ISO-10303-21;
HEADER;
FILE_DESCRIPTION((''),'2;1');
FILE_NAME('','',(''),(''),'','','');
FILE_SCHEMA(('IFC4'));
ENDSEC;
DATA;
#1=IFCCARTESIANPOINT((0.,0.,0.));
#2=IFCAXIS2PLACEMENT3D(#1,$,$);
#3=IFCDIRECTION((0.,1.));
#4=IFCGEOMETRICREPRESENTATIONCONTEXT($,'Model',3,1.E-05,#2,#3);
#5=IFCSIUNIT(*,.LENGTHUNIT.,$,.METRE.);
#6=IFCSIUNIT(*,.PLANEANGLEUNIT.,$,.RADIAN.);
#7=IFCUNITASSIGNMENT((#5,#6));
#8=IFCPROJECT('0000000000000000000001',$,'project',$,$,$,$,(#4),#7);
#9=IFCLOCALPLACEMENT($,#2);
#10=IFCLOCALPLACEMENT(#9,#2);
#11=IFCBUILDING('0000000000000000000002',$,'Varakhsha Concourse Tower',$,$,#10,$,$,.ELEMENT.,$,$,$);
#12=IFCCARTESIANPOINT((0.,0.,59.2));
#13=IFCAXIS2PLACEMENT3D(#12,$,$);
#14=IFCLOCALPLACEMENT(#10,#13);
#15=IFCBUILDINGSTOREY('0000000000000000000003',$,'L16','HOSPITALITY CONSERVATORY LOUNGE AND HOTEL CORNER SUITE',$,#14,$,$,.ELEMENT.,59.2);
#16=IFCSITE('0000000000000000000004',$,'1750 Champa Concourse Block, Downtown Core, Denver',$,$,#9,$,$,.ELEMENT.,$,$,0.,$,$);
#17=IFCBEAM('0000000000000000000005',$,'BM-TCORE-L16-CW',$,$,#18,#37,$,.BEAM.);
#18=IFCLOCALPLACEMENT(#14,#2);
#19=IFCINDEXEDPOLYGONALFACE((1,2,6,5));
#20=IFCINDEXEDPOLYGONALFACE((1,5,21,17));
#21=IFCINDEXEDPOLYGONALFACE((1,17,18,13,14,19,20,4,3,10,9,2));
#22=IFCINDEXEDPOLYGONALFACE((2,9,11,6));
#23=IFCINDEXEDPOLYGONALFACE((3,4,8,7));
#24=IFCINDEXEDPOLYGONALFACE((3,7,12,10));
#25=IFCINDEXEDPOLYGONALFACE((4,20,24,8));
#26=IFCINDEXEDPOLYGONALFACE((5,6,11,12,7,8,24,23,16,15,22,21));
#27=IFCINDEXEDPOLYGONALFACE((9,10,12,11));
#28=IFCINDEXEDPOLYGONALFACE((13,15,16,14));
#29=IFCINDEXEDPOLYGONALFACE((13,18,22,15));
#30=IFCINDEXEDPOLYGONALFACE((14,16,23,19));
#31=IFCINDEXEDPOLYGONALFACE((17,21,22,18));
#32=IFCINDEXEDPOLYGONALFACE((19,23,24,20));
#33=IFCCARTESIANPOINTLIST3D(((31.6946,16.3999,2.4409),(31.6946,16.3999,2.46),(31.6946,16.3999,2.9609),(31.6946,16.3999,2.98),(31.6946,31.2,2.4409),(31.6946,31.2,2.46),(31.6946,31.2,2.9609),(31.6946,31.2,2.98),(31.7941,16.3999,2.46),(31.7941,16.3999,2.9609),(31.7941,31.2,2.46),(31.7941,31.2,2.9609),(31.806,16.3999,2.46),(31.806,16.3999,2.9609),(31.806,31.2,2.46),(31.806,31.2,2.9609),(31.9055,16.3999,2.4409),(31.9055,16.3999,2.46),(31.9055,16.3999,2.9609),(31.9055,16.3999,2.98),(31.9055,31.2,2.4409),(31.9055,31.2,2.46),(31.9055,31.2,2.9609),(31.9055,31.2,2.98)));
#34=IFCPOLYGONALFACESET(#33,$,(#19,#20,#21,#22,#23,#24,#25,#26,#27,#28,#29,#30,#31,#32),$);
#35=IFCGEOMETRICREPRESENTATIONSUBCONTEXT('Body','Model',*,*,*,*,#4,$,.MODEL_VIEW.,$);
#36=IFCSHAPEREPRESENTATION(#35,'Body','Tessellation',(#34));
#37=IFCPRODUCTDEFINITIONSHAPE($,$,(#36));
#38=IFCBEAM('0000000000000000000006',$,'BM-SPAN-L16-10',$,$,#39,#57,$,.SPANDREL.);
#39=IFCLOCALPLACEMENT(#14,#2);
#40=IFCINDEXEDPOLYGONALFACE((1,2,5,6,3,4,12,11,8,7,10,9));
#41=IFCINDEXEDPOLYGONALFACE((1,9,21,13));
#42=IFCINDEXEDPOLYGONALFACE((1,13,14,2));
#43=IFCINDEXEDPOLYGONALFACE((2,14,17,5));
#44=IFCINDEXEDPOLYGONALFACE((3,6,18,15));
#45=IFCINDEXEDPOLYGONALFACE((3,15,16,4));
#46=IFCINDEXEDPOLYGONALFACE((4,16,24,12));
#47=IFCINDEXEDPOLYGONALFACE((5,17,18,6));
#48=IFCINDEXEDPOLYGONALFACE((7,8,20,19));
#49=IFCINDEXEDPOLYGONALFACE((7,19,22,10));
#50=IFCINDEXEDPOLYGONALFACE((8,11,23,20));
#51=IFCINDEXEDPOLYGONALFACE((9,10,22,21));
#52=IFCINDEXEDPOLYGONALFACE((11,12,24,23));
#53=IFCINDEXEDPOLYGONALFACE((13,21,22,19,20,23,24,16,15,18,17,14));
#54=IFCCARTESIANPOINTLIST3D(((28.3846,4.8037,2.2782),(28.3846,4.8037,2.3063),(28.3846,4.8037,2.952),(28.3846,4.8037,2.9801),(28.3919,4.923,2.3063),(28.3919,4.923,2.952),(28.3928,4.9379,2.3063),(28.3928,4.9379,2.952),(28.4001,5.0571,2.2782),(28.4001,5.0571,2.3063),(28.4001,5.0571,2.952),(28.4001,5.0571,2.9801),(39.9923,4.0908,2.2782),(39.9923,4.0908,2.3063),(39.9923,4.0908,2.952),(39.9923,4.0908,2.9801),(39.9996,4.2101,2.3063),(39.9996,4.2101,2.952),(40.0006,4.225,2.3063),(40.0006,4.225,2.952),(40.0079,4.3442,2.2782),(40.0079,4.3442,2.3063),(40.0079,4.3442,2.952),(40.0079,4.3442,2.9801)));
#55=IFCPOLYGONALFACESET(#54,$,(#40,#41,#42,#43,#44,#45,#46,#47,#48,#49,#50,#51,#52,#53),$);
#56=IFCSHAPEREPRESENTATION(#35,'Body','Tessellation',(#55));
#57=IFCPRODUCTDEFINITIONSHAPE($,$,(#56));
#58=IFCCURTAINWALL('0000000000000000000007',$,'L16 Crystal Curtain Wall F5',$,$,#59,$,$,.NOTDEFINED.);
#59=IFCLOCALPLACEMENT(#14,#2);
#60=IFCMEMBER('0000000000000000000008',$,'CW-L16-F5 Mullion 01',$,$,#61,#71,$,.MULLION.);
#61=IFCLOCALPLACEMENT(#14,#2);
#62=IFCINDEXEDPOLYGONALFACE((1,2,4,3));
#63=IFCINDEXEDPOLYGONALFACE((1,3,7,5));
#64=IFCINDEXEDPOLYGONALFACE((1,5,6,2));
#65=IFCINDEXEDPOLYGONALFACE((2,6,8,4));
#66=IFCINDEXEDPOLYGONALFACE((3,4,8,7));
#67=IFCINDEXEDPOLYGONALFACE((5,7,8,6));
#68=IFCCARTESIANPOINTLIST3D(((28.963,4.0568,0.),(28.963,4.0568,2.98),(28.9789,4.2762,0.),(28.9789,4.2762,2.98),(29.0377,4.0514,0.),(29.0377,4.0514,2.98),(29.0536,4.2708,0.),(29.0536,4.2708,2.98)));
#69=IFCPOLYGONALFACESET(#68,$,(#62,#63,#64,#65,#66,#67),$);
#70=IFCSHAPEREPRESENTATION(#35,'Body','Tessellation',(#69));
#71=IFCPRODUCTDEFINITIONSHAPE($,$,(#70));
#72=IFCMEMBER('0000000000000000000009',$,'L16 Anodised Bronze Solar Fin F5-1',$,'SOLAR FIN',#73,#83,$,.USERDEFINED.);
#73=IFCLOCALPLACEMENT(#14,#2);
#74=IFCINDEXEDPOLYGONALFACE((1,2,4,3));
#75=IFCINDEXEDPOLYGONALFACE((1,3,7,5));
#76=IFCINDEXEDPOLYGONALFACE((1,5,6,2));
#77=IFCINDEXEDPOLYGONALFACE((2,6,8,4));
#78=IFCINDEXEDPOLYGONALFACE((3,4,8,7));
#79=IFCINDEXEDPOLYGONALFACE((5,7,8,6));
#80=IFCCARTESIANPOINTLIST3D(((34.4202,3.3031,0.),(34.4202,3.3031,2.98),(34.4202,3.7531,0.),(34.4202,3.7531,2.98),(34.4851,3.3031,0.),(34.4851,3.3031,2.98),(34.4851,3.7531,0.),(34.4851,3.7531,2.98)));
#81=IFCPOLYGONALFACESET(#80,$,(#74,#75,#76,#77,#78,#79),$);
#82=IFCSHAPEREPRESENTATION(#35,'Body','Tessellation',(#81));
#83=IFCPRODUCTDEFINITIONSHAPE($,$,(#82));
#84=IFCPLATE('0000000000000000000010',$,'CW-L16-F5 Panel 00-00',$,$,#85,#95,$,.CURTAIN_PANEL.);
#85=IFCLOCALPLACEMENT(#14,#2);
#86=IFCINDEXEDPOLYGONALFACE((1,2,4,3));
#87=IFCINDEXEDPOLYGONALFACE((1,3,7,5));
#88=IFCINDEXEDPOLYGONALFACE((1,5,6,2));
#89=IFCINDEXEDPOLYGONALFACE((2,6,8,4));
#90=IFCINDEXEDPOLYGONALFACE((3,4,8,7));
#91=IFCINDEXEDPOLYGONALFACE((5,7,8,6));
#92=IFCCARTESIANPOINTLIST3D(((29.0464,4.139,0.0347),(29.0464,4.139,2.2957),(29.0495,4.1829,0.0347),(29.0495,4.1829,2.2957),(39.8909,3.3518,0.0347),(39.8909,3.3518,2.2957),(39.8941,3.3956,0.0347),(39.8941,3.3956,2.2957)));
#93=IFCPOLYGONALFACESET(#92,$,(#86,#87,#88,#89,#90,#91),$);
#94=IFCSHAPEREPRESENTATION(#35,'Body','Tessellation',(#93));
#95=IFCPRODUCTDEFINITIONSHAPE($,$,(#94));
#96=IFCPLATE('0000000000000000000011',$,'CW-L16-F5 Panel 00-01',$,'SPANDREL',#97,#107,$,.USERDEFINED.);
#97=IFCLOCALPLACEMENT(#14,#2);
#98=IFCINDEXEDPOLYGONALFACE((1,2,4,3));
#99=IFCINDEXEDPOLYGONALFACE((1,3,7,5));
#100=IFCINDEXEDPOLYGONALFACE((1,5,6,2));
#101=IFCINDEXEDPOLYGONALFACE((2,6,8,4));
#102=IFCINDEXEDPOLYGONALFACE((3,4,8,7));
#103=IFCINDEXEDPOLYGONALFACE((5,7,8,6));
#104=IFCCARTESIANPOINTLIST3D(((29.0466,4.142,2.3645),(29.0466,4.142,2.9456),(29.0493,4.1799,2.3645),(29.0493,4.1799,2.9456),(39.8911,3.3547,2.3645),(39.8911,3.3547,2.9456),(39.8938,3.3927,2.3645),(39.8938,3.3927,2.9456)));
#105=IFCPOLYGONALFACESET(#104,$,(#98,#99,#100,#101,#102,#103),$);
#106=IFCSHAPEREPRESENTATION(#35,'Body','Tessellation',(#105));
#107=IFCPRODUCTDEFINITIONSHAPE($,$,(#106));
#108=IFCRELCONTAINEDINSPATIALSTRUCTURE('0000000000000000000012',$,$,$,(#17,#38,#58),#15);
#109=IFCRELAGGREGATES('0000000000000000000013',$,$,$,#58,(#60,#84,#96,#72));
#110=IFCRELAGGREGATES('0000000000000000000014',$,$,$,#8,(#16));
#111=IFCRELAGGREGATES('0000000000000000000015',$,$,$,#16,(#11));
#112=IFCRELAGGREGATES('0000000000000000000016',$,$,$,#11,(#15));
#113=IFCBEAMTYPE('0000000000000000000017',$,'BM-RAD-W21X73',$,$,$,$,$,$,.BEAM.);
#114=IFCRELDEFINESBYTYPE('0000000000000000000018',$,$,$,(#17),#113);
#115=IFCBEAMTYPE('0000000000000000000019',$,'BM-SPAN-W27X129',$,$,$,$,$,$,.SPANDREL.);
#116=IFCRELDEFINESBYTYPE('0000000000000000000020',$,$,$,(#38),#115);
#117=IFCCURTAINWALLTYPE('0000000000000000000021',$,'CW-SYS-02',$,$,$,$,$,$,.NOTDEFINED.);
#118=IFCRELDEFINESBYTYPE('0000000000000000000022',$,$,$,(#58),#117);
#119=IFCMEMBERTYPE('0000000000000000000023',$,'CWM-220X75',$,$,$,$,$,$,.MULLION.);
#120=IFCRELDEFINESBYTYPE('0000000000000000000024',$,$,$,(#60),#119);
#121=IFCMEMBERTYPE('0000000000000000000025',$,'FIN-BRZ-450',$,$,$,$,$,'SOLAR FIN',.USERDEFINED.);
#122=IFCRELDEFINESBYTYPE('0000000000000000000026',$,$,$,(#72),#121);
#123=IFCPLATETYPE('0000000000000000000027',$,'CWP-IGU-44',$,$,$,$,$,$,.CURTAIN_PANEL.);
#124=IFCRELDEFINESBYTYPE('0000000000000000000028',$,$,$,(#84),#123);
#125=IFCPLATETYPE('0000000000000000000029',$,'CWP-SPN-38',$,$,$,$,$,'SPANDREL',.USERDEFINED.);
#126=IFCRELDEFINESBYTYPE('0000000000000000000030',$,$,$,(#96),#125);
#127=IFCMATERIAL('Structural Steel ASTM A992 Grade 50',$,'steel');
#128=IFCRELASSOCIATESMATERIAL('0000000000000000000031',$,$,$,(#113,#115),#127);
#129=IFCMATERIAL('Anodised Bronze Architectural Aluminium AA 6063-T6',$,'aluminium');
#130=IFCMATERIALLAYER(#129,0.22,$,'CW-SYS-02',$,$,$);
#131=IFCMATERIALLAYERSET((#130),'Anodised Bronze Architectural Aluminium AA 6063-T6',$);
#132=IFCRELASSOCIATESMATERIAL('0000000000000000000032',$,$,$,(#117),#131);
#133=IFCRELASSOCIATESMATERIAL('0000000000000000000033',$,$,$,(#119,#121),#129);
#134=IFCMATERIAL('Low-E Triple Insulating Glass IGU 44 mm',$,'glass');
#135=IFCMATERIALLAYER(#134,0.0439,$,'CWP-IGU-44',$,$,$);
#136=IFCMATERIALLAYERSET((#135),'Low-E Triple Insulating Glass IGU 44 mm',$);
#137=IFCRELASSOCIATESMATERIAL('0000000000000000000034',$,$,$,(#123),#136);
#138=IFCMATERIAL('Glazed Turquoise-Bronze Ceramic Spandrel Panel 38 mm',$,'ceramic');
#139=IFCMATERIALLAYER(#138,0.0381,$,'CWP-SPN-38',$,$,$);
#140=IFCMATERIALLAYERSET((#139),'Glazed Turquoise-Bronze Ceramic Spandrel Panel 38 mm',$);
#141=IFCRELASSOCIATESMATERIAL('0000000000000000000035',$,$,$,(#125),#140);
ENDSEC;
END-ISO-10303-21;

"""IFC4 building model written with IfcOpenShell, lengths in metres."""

from ifc_helpers import new_model, si_unit, direction, frame, origin, origin_2d, place, context, subcontext, project, spatial, rectangle, i_section, extrude, source, transform, mapped, material, layer, layer_set, material_profile, profile_set, type_object, type_shapes, element, aggregate, save


model = new_model("IFC4")

# Units and contexts
model_context = context("Model", 3, precision=1e-05, world=origin(), true_north=direction((0.0, 1.0)))
body_context = subcontext(model_context, "Body", "Model", "MODEL_VIEW")
ifc_project = project(units=[si_unit("LENGTHUNIT", "METRE"), si_unit("PLANEANGLEUNIT", "RADIAN")], contexts=[model_context])

# Site, building, storey
site_placement = place(None, origin())
site = spatial("IfcSite", under=ifc_project, at=site_placement, Name="1750 Champa Concourse Block, Downtown Core, Denver", CompositionType="ELEMENT", RefElevation=0.0)
building_placement = place(site_placement, origin())
building = spatial("IfcBuilding", under=site, at=building_placement, Name="Varakhsha Concourse Tower", CompositionType="ELEMENT")
storey_placement = place(building_placement, frame((0.0, 0.0, 59.2)))
storey = spatial("IfcBuildingStorey", under=building, at=storey_placement, Name="L16", Description="HOSPITALITY CONSERVATORY LOUNGE AND HOTEL CORNER SUITE", CompositionType="ELEMENT", Elevation=59.2)

# Shared definitions
ifc_material_1 = material(Name="Structural Steel ASTM A992 Grade 50", Category="steel")

# Beams
ifc_material_profile_1 = material_profile(ifc_material_1, i_section(OverallWidth=0.2109, OverallDepth=0.5391, WebThickness=0.012, FlangeThickness=0.019, at=origin_2d()), Name="W21X73")
ifc_profile_set_1 = profile_set([ifc_material_profile_1], Name="Structural Steel ASTM A992 Grade 50")
beam_type_1 = type_object("IfcBeamType", Name="BM-RAD-W21X73", PredefinedType="BEAM", material=ifc_profile_set_1)
beam_1_placement = place(storey_placement, frame((31.8, 16.3999, 2.7104), z_axis=(0.0, 1.0, 0.0), x_axis=(-1.0, 0.0, 0.0)))
element("IfcBeam", 1, at=beam_1_placement, inside=storey, type_object=beam_type_1, Name="BM-TCORE-L16-CW", PredefinedType="BEAM", context=body_context, shape_type="SweptSolid", body=[
    extrude(i_section(OverallWidth=0.2109, OverallDepth=0.5391, WebThickness=0.012, FlangeThickness=0.019, at=origin_2d()), origin(), (0.0, 0.0, 1.0), 14.8),
])
ifc_material_profile_2 = material_profile(ifc_material_1, i_section(OverallWidth=0.2539, OverallDepth=0.7019, WebThickness=0.0149, FlangeThickness=0.0281, at=origin_2d()), Name="W27X129")
ifc_profile_set_2 = profile_set([ifc_material_profile_2], Name="Structural Steel ASTM A992 Grade 50")
beam_type_2 = type_object("IfcBeamType", Name="BM-SPAN-W27X129", PredefinedType="SPANDREL", material=ifc_profile_set_2)
beam_2_placement = place(storey_placement, frame((28.3923, 4.9304, 2.6292), z_axis=(0.998119, -0.0613, 0.0), x_axis=(0.0613, 0.998119, 0.0)))
element("IfcBeam", 2, at=beam_2_placement, inside=storey, type_object=beam_type_2, Name="BM-SPAN-L16-10", PredefinedType="SPANDREL", context=body_context, shape_type="SweptSolid", body=[
    extrude(i_section(OverallWidth=0.2539, OverallDepth=0.7019, WebThickness=0.0149, FlangeThickness=0.0281, at=origin_2d()), origin(), (0.0, 0.0, 1.0), 11.6296),
])

# Curtain wall, members, plates
ifc_material_2 = material(Name="Anodised Bronze Architectural Aluminium AA 6063-T6", Category="aluminium")
ifc_layer_1 = layer(ifc_material_2, 0.22, Name="CW-SYS-02")
ifc_layer_set_1 = layer_set([ifc_layer_1], Name="Anodised Bronze Architectural Aluminium AA 6063-T6")
curtain_wall_type = type_object("IfcCurtainWallType", Name="CW-SYS-02", PredefinedType="NOTDEFINED", material=ifc_layer_set_1)
curtain_wall_placement = place(storey_placement, origin())
curtain_wall = element("IfcCurtainWall", 3, at=curtain_wall_placement, inside=storey, type_object=curtain_wall_type, Name="L16 Crystal Curtain Wall F5", PredefinedType="NOTDEFINED")
ifc_material_profile_3 = material_profile(ifc_material_2, rectangle(XDim=0.075, YDim=0.22, at=origin_2d()), Name="CWM-220X75")
ifc_profile_set_3 = profile_set([ifc_material_profile_3], Name="Anodised Bronze Architectural Aluminium AA 6063-T6")
member_type_1 = type_object("IfcMemberType", Name="CWM-220X75", PredefinedType="MULLION", material=ifc_profile_set_3)
shared_shape_1 = source(origin(), body_context, "Body", "SweptSolid", [
    extrude(rectangle(XDim=0.075, YDim=0.22, at=origin_2d()), origin(), (0.0, 0.0, 1.0), 2.98),
])
type_shapes(member_type_1, [shared_shape_1])
member_1_placement = place(storey_placement, frame((29.0083, 4.1638, 0.0), z_axis=(0.0, 0.0, 1.0), x_axis=(-0.997376, 0.072401, 0.0)))
member_1 = element("IfcMember", 4, at=member_1_placement, type_object=member_type_1, Name="CW-L16-F5 Mullion 01", PredefinedType="MULLION", context=body_context, shape_type="MappedRepresentation", body=[
    mapped(shared_shape_1, transform((0.0, 0.0, 0.0), scale=1.0)),
])
ifc_material_profile_4 = material_profile(ifc_material_2, rectangle(XDim=0.0649, YDim=0.45, at=origin_2d()), Name="FIN-BRZ-450")
ifc_profile_set_4 = profile_set([ifc_material_profile_4], Name="Anodised Bronze Architectural Aluminium AA 6063-T6")
member_type_2 = type_object("IfcMemberType", Name="FIN-BRZ-450", ElementType="SOLAR FIN", PredefinedType="USERDEFINED", material=ifc_profile_set_4)
shared_shape_2 = source(origin(), body_context, "Body", "SweptSolid", [
    extrude(rectangle(XDim=0.0649, YDim=0.45, at=origin_2d()), origin(), (0.0, 0.0, 1.0), 2.98),
])
type_shapes(member_type_2, [shared_shape_2])
member_2_placement = place(storey_placement, frame((34.4526, 3.5281, 0.0), z_axis=(0.0, 0.0, 1.0), x_axis=(1.0, 0.0, 0.0)))
member_2 = element("IfcMember", 5, at=member_2_placement, type_object=member_type_2, Name="L16 Anodised Bronze Solar Fin F5-1", ObjectType="SOLAR FIN", PredefinedType="USERDEFINED", context=body_context, shape_type="MappedRepresentation", body=[
    mapped(shared_shape_2, transform((0.0, 0.0, 0.0), scale=1.0)),
])
ifc_material_3 = material(Name="Low-E Triple Insulating Glass IGU 44 mm", Category="glass")
ifc_layer_2 = layer(ifc_material_3, 0.0439, Name="CWP-IGU-44")
ifc_layer_set_2 = layer_set([ifc_layer_2], Name="Low-E Triple Insulating Glass IGU 44 mm")
plate_type_1 = type_object("IfcPlateType", Name="CWP-IGU-44", PredefinedType="CURTAIN_PANEL", material=ifc_layer_set_2)
shared_shape_3 = source(origin(), body_context, "Body", "SweptSolid", [
    extrude(rectangle(XDim=10.873, YDim=0.0439, at=origin_2d()), origin(), (0.0, 0.0, 1.0), 2.261),
])
type_shapes(plate_type_1, [shared_shape_3])
plate_1_placement = place(storey_placement, frame((34.4702, 3.7673, 0.0347), z_axis=(0.0, 0.0, 1.0), x_axis=(-0.997376, 0.072401, 0.0)))
plate_1 = element("IfcPlate", 6, at=plate_1_placement, type_object=plate_type_1, Name="CW-L16-F5 Panel 00-00", PredefinedType="CURTAIN_PANEL", context=body_context, shape_type="MappedRepresentation", body=[
    mapped(shared_shape_3, transform((0.0, 0.0, 0.0), scale=1.0)),
])
ifc_material_4 = material(Name="Glazed Turquoise-Bronze Ceramic Spandrel Panel 38 mm", Category="ceramic")
ifc_layer_3 = layer(ifc_material_4, 0.0381, Name="CWP-SPN-38")
ifc_layer_set_3 = layer_set([ifc_layer_3], Name="Glazed Turquoise-Bronze Ceramic Spandrel Panel 38 mm")
plate_type_2 = type_object("IfcPlateType", Name="CWP-SPN-38", ElementType="SPANDREL", PredefinedType="USERDEFINED", material=ifc_layer_set_3)
shared_shape_4 = source(origin(), body_context, "Body", "SweptSolid", [
    extrude(rectangle(XDim=10.873, YDim=0.0381, at=origin_2d()), origin(), (0.0, 0.0, 1.0), 0.5811),
])
type_shapes(plate_type_2, [shared_shape_4])
plate_2_placement = place(storey_placement, frame((34.4702, 3.7673, 2.3645), z_axis=(0.0, 0.0, 1.0), x_axis=(-0.997376, 0.072401, 0.0)))
plate_2 = element("IfcPlate", 7, at=plate_2_placement, type_object=plate_type_2, Name="CW-L16-F5 Panel 00-01", ObjectType="SPANDREL", PredefinedType="USERDEFINED", context=body_context, shape_type="MappedRepresentation", body=[
    mapped(shared_shape_4, transform((0.0, 0.0, 0.0), scale=1.0)),
])
aggregate(curtain_wall, [member_1, plate_1, plate_2, member_2])

save(model, "model.ifc")
